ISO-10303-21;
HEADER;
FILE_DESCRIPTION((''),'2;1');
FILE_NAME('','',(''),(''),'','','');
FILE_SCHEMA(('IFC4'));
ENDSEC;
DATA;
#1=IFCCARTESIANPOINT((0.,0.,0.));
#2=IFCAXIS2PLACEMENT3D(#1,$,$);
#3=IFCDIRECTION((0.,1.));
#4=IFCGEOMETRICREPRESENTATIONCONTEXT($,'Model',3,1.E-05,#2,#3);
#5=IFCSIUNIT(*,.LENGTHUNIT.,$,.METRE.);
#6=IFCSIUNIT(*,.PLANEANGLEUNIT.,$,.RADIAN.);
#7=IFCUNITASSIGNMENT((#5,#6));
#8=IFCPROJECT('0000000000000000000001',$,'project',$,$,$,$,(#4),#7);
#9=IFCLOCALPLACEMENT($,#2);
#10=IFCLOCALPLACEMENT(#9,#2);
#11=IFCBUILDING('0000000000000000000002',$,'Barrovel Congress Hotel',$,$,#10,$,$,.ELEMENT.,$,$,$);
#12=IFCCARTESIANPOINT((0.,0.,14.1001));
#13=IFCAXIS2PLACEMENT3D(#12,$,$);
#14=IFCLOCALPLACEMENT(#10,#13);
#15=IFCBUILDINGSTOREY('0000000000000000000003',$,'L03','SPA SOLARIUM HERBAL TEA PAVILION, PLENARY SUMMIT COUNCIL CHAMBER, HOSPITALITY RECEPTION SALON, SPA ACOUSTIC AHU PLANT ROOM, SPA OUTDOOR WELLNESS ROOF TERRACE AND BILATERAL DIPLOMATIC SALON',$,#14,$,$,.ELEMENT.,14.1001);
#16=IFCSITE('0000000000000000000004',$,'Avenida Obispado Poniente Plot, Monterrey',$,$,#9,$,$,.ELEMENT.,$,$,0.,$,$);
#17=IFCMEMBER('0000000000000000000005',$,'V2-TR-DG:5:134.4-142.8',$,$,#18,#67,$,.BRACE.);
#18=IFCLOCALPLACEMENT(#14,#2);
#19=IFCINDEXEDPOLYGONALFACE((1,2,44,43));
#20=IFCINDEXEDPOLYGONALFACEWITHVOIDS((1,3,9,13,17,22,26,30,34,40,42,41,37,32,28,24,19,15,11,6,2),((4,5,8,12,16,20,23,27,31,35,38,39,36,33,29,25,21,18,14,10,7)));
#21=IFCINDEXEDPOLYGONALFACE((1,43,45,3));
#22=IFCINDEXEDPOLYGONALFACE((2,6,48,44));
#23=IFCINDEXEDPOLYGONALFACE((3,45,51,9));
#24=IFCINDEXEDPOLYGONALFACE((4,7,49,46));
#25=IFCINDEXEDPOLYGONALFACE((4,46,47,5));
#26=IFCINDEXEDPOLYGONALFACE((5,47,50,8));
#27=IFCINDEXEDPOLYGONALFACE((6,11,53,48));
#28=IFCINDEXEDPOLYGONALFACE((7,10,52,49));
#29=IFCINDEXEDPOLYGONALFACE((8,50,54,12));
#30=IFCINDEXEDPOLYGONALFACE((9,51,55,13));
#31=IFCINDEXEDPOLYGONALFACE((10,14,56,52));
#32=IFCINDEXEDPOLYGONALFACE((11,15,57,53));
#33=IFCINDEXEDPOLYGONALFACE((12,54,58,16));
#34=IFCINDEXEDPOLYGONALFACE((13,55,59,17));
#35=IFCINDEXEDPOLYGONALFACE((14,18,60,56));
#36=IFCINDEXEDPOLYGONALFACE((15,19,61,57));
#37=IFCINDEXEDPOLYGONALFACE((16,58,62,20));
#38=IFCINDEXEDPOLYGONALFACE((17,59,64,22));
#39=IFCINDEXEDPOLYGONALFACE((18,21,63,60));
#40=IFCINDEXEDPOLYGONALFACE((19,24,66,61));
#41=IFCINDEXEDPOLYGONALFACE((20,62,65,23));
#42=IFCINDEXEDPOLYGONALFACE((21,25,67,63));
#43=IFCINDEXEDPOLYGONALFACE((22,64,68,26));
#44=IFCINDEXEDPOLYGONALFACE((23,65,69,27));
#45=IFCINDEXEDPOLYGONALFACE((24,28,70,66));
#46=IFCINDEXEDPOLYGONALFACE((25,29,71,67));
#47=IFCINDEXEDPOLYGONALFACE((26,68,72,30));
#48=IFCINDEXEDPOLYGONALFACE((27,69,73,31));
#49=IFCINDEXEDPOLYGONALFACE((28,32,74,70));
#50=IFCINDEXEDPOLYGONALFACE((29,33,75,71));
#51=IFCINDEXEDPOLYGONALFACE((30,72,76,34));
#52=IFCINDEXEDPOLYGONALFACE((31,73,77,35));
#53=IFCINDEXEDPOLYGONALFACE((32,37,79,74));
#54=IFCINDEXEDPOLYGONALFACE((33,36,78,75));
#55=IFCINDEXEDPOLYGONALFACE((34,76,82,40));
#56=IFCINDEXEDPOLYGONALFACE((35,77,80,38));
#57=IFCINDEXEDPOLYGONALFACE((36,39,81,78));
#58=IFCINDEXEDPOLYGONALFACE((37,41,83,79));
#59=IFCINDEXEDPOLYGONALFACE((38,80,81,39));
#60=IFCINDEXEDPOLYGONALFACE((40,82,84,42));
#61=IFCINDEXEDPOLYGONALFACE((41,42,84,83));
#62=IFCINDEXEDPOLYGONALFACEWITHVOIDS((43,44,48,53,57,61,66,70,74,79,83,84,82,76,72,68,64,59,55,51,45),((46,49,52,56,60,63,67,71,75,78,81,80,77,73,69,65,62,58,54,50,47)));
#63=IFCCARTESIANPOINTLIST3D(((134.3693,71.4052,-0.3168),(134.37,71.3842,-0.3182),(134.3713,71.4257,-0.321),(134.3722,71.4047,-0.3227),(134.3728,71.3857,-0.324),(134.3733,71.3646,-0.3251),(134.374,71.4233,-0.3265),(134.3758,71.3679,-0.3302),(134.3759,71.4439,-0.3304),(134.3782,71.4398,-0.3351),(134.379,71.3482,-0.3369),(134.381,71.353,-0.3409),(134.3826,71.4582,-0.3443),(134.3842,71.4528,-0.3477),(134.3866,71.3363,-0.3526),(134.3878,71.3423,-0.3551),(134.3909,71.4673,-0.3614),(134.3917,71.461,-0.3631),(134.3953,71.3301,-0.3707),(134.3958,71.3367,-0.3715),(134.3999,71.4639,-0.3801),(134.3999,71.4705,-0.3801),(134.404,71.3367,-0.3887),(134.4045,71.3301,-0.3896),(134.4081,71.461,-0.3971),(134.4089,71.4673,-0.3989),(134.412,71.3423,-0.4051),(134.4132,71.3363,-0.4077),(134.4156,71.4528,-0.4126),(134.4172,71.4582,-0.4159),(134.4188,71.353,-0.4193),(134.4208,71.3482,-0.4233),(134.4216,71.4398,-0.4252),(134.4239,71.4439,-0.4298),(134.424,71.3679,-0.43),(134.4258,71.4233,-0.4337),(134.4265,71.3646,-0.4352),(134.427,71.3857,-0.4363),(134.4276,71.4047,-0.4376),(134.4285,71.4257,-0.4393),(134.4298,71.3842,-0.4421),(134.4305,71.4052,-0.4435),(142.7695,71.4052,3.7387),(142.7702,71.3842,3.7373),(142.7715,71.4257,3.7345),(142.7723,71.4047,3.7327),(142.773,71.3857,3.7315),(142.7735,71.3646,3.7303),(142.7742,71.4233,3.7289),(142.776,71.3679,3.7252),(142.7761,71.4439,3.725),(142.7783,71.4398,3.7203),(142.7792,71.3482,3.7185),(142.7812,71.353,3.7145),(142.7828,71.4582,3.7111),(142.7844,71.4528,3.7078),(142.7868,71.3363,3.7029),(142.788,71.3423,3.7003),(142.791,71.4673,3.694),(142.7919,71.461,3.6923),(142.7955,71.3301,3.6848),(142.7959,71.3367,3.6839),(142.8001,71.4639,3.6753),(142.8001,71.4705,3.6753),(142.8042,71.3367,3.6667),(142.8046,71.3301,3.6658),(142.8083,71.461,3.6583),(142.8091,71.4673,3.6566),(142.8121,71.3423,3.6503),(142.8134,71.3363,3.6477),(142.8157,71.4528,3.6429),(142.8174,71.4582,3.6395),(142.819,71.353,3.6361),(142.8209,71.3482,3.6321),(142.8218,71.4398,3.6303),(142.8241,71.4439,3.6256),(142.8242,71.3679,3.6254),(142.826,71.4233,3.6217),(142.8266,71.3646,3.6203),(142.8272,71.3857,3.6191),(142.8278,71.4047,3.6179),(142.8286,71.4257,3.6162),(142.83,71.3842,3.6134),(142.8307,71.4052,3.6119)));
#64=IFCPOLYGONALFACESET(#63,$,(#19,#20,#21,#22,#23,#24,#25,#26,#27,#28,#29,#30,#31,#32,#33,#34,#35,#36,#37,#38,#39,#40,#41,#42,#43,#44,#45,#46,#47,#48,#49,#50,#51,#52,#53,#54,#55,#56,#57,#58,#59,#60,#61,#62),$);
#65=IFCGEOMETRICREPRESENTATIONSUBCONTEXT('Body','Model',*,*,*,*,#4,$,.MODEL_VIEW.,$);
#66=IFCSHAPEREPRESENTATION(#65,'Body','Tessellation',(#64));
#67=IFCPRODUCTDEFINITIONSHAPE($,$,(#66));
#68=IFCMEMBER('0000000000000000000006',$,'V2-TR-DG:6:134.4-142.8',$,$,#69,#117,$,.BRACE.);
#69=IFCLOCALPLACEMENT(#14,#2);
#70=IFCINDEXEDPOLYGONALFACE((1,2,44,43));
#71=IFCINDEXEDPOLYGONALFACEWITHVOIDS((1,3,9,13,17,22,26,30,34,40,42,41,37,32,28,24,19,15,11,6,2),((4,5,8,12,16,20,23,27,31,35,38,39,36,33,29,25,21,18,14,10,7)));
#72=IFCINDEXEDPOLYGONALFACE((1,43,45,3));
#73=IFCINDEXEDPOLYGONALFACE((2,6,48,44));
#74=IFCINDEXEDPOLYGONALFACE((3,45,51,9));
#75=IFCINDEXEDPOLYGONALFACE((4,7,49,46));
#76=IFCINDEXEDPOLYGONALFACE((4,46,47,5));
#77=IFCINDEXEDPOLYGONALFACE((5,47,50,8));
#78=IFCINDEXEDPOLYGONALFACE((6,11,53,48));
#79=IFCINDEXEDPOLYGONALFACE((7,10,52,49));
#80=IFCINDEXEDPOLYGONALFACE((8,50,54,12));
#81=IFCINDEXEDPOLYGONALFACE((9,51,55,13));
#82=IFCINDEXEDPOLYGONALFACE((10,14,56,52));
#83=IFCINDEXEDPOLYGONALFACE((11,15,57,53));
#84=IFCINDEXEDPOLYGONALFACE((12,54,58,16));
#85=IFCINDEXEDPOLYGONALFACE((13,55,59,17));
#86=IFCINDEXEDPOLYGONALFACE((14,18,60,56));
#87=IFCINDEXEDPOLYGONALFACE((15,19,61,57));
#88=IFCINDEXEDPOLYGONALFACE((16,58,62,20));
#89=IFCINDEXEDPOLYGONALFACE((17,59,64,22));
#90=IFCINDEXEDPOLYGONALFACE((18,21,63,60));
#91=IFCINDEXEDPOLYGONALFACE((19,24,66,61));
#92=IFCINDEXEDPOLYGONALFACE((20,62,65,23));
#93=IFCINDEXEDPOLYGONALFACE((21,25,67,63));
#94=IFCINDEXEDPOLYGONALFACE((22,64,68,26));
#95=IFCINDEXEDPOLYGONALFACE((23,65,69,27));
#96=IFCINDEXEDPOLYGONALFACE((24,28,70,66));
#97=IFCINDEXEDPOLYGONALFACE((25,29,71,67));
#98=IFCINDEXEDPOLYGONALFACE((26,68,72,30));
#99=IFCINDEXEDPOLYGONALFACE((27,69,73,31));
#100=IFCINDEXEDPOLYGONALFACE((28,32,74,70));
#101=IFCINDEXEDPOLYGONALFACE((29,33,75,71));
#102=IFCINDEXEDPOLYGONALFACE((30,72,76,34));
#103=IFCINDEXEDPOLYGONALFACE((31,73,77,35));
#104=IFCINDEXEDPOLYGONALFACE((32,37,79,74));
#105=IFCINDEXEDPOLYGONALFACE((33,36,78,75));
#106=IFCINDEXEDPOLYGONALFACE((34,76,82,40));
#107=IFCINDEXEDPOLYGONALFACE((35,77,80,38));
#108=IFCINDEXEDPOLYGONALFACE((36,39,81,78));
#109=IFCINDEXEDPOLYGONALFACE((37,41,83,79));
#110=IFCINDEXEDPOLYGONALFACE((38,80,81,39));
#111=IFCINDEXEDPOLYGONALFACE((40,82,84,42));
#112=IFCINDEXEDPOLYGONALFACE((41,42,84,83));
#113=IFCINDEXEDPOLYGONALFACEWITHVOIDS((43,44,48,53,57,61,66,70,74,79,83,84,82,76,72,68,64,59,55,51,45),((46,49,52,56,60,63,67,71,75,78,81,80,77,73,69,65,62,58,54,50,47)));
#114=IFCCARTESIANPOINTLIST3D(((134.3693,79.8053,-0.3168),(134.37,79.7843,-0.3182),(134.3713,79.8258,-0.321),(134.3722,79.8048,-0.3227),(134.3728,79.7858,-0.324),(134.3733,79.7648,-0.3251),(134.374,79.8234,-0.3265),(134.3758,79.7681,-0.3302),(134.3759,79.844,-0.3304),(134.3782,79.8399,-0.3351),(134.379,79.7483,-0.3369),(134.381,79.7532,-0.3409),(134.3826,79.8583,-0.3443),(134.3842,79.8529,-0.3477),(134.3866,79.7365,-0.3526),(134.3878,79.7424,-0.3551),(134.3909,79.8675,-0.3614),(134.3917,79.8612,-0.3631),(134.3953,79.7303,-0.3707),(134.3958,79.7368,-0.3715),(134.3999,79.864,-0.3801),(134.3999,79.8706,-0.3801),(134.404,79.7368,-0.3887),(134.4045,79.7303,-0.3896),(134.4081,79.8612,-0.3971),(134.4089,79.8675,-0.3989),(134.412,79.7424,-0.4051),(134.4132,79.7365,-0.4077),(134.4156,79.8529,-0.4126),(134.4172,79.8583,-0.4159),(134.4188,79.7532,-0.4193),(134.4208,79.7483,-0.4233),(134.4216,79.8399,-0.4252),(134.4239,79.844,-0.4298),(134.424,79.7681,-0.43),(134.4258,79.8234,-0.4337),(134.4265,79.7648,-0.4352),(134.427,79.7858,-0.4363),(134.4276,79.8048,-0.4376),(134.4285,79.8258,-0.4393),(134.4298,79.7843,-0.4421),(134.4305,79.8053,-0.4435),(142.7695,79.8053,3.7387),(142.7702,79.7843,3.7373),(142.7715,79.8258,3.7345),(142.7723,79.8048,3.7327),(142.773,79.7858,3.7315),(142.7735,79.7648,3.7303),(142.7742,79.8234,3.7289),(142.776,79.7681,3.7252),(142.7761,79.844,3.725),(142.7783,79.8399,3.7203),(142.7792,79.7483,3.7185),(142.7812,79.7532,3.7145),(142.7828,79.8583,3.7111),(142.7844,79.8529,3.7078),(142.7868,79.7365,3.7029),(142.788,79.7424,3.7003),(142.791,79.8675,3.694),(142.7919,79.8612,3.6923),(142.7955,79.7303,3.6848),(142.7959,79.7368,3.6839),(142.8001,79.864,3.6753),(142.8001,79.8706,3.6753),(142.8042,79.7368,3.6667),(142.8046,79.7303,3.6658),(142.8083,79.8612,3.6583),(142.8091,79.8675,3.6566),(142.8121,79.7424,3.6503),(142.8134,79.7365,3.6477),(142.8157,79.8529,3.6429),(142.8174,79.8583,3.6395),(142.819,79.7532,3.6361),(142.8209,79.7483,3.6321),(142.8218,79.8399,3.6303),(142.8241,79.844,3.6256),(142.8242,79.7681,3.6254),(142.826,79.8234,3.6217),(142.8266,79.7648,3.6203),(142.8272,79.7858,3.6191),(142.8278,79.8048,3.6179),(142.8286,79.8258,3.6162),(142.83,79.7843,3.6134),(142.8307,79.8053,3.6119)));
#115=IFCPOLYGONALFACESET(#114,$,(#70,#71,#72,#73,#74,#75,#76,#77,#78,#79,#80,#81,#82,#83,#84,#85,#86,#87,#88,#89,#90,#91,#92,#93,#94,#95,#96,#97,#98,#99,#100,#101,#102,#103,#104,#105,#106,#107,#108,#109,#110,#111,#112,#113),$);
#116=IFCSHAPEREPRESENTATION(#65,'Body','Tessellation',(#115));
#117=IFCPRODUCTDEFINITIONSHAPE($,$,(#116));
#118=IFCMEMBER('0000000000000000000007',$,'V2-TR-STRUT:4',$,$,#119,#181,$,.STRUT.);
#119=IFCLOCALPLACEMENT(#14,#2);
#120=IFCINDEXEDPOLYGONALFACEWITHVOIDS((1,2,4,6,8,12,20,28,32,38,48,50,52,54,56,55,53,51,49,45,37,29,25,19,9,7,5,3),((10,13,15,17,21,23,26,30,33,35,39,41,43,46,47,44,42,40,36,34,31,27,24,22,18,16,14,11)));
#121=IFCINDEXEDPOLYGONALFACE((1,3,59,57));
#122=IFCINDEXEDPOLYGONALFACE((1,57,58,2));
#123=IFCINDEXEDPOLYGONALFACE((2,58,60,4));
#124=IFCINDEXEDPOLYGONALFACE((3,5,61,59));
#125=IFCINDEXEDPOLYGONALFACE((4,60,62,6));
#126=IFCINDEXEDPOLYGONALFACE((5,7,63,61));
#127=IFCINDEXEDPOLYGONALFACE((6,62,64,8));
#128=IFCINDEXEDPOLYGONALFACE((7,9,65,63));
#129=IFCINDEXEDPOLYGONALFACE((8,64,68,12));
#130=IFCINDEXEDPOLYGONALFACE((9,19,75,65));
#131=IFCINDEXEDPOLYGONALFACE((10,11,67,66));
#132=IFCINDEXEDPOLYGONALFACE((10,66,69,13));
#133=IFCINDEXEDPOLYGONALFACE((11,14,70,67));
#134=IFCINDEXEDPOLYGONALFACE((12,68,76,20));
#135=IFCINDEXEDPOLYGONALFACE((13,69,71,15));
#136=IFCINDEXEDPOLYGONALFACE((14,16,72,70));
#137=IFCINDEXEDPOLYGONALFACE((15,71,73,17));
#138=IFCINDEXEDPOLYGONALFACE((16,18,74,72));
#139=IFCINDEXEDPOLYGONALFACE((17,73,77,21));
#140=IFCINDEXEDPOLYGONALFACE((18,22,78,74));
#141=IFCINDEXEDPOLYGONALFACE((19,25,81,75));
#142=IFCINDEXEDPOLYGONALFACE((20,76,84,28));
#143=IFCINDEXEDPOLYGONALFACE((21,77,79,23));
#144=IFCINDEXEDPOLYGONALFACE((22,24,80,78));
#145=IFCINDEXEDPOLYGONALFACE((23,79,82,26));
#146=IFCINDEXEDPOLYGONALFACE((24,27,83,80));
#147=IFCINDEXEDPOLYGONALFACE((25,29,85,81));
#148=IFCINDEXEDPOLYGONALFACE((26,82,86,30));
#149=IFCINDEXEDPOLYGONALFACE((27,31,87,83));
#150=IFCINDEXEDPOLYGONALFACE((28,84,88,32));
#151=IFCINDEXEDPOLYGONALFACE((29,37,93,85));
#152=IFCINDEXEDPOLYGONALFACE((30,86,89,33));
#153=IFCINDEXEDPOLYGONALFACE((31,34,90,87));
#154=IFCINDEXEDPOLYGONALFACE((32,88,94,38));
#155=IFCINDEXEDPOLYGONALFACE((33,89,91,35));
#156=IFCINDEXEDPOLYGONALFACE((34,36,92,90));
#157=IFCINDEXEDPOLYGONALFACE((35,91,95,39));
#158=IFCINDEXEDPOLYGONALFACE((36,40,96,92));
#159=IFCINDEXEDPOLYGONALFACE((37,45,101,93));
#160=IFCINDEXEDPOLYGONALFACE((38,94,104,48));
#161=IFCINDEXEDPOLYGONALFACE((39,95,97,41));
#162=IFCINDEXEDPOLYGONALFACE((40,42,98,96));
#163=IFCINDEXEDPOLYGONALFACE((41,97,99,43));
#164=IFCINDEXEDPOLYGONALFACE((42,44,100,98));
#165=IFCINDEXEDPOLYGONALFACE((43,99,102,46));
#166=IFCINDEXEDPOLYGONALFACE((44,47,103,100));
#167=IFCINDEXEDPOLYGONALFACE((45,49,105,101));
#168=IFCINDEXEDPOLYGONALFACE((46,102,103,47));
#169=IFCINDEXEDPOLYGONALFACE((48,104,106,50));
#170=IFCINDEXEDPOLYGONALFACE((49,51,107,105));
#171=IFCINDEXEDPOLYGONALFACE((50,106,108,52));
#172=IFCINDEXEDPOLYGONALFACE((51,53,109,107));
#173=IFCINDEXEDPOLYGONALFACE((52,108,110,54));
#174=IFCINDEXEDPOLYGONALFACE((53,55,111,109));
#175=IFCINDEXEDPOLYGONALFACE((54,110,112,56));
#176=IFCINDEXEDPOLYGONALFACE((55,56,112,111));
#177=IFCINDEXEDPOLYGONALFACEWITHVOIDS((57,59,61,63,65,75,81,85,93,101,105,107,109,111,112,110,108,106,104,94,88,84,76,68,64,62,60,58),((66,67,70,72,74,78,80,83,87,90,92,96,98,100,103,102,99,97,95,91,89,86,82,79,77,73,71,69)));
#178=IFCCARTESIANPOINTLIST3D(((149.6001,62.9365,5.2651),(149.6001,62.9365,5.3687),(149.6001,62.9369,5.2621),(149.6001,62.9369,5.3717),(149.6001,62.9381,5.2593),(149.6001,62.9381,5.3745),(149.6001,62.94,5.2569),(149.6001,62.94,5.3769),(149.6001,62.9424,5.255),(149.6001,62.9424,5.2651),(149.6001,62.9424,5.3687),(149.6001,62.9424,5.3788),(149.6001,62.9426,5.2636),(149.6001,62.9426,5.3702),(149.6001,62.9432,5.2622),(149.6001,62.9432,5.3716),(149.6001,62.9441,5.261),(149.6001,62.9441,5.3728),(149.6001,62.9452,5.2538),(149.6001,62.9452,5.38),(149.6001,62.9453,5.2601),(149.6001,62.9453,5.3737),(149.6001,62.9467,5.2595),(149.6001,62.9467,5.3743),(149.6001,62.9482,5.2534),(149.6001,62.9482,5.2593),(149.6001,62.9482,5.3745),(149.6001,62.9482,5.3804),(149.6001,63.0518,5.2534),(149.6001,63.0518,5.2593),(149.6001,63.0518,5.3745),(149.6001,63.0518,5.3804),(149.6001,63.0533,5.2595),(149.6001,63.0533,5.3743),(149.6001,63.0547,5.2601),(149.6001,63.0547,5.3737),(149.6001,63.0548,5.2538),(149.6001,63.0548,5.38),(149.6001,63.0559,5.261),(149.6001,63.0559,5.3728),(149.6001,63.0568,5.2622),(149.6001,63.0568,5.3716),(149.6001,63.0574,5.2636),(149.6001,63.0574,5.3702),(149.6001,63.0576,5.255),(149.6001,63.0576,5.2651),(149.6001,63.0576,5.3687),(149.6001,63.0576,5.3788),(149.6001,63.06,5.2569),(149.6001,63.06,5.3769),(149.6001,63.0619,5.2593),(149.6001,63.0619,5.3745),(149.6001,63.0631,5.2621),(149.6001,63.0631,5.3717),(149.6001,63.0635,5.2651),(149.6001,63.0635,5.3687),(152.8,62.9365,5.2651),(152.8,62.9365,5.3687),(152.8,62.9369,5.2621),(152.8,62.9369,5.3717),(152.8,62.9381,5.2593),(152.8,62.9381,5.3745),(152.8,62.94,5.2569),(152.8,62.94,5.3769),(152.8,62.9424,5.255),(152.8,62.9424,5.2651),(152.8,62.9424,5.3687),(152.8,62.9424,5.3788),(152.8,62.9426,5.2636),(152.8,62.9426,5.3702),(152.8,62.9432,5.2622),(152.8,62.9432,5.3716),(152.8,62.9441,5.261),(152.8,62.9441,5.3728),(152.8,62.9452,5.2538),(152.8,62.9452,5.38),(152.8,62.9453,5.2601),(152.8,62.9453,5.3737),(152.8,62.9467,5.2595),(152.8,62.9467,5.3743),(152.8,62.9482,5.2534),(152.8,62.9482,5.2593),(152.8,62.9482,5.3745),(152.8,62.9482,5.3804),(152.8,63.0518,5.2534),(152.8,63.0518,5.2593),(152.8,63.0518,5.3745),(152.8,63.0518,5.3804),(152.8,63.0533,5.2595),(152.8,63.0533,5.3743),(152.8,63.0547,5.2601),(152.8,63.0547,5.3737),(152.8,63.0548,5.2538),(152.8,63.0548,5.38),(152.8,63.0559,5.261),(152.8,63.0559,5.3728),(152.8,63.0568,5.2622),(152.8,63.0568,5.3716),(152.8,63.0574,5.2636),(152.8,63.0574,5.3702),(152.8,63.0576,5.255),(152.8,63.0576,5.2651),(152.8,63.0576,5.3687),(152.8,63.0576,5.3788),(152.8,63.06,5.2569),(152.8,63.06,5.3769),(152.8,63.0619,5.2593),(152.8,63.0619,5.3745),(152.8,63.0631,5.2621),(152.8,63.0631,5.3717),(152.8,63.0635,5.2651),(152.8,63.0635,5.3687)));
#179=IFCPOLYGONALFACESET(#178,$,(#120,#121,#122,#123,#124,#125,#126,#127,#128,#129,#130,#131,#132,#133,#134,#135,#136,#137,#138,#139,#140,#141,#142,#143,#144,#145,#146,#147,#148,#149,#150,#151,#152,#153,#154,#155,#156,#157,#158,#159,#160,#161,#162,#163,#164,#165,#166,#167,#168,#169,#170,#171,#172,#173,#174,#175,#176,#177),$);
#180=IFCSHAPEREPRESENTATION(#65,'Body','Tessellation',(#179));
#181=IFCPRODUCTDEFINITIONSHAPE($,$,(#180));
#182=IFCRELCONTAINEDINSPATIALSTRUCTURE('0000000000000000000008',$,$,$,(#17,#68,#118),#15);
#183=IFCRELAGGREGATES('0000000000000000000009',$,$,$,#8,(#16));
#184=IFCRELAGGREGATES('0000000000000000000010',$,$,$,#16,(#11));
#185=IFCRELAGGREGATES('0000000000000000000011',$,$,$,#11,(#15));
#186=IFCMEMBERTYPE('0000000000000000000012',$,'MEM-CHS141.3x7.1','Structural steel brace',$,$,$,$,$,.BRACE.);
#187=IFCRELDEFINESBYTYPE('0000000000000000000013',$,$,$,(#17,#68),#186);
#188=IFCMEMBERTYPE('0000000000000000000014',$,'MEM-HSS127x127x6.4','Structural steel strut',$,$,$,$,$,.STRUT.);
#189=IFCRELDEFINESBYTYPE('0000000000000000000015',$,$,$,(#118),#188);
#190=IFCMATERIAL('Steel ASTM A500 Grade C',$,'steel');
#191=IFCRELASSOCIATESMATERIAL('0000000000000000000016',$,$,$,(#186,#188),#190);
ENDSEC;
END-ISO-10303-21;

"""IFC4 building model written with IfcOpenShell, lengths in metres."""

from ifc_helpers import new_model, si_unit, direction, frame, origin, origin_2d, place, context, subcontext, project, spatial, hollow_rectangle, hollow_circle, extrude, material, material_profile, profile_set, type_object, element, save


model = new_model("IFC4")

# Units and contexts
model_context = context("Model", 3, precision=1e-05, world=origin(), true_north=direction((0.0, 1.0)))
body_context = subcontext(model_context, "Body", "Model", "MODEL_VIEW")
ifc_project = project(units=[si_unit("LENGTHUNIT", "METRE"), si_unit("PLANEANGLEUNIT", "RADIAN")], contexts=[model_context])

# Site, building, storey
site_placement = place(None, origin())
site = spatial("IfcSite", under=ifc_project, at=site_placement, Name="Avenida Obispado Poniente Plot, Monterrey", CompositionType="ELEMENT", RefElevation=0.0)
building_placement = place(site_placement, origin())
building = spatial("IfcBuilding", under=site, at=building_placement, Name="Barrovel Congress Hotel", CompositionType="ELEMENT")
storey_placement = place(building_placement, frame((0.0, 0.0, 14.1001)))
storey = spatial("IfcBuildingStorey", under=building, at=storey_placement, Name="L03", Description="SPA SOLARIUM HERBAL TEA PAVILION, PLENARY SUMMIT COUNCIL CHAMBER, HOSPITALITY RECEPTION SALON, SPA ACOUSTIC AHU PLANT ROOM, SPA OUTDOOR WELLNESS ROOF TERRACE AND BILATERAL DIPLOMATIC SALON", CompositionType="ELEMENT", Elevation=14.1001)

# Members
ifc_material_1 = material(Name="Steel ASTM A500 Grade C", Category="steel")
ifc_material_profile_1 = material_profile(ifc_material_1, hollow_circle(Radius=0.0706, WallThickness=0.0066, at=origin_2d()), Name="CHS141.3x7.1")
ifc_profile_set_1 = profile_set([ifc_material_profile_1], Name="Steel ASTM A500 Grade C")
member_type_1 = type_object("IfcMemberType", Name="MEM-CHS141.3x7.1", Description="Structural steel brace", PredefinedType="BRACE", material=ifc_profile_set_1)
for number, where, z_axis, x_axis, name in (
    (1, (134.3999, 71.3999, -0.3801), (0.900544, 0.0, 0.434764), (0.0, 1.0, 0.0), "V2-TR-DG:5:134.4-142.8"),
    (2, (134.3999, 79.8, -0.3801), (0.900544, 0.0, 0.434764), (0.0, 1.0, 0.0), "V2-TR-DG:6:134.4-142.8"),
):
    element("IfcMember", number, at=place(storey_placement, frame(where, z_axis=z_axis, x_axis=x_axis)), inside=storey, type_object=member_type_1, Name=name, PredefinedType="BRACE", context=body_context, shape_type="SweptSolid", body=[
        extrude(hollow_circle(Radius=0.0706, WallThickness=0.0066, at=origin_2d()), origin(), (0.0, 0.0, 1.0), 9.3279),
    ])
ifc_material_profile_2 = material_profile(ifc_material_1, hollow_rectangle(XDim=0.127, YDim=0.127, WallThickness=0.0059, InnerFilletRadius=0.0059, OuterFilletRadius=0.0117, at=origin_2d()), Name="HSS127x127x6.4")
ifc_profile_set_2 = profile_set([ifc_material_profile_2], Name="Steel ASTM A500 Grade C")
member_type_2 = type_object("IfcMemberType", Name="MEM-HSS127x127x6.4", Description="Structural steel strut", PredefinedType="STRUT", material=ifc_profile_set_2)
member_1_placement = place(storey_placement, frame((149.6001, 63.0, 5.3169), z_axis=(1.0, 0.0, 0.0), x_axis=(0.0, 1.0, 0.0)))
element("IfcMember", 3, at=member_1_placement, inside=storey, type_object=member_type_2, Name="V2-TR-STRUT:4", PredefinedType="STRUT", context=body_context, shape_type="SweptSolid", body=[
    extrude(hollow_rectangle(XDim=0.127, YDim=0.127, WallThickness=0.0059, InnerFilletRadius=0.0059, OuterFilletRadius=0.0117, at=origin_2d()), origin(), (0.0, 0.0, 1.0), 3.2),
])

save(model, "model.ifc")
